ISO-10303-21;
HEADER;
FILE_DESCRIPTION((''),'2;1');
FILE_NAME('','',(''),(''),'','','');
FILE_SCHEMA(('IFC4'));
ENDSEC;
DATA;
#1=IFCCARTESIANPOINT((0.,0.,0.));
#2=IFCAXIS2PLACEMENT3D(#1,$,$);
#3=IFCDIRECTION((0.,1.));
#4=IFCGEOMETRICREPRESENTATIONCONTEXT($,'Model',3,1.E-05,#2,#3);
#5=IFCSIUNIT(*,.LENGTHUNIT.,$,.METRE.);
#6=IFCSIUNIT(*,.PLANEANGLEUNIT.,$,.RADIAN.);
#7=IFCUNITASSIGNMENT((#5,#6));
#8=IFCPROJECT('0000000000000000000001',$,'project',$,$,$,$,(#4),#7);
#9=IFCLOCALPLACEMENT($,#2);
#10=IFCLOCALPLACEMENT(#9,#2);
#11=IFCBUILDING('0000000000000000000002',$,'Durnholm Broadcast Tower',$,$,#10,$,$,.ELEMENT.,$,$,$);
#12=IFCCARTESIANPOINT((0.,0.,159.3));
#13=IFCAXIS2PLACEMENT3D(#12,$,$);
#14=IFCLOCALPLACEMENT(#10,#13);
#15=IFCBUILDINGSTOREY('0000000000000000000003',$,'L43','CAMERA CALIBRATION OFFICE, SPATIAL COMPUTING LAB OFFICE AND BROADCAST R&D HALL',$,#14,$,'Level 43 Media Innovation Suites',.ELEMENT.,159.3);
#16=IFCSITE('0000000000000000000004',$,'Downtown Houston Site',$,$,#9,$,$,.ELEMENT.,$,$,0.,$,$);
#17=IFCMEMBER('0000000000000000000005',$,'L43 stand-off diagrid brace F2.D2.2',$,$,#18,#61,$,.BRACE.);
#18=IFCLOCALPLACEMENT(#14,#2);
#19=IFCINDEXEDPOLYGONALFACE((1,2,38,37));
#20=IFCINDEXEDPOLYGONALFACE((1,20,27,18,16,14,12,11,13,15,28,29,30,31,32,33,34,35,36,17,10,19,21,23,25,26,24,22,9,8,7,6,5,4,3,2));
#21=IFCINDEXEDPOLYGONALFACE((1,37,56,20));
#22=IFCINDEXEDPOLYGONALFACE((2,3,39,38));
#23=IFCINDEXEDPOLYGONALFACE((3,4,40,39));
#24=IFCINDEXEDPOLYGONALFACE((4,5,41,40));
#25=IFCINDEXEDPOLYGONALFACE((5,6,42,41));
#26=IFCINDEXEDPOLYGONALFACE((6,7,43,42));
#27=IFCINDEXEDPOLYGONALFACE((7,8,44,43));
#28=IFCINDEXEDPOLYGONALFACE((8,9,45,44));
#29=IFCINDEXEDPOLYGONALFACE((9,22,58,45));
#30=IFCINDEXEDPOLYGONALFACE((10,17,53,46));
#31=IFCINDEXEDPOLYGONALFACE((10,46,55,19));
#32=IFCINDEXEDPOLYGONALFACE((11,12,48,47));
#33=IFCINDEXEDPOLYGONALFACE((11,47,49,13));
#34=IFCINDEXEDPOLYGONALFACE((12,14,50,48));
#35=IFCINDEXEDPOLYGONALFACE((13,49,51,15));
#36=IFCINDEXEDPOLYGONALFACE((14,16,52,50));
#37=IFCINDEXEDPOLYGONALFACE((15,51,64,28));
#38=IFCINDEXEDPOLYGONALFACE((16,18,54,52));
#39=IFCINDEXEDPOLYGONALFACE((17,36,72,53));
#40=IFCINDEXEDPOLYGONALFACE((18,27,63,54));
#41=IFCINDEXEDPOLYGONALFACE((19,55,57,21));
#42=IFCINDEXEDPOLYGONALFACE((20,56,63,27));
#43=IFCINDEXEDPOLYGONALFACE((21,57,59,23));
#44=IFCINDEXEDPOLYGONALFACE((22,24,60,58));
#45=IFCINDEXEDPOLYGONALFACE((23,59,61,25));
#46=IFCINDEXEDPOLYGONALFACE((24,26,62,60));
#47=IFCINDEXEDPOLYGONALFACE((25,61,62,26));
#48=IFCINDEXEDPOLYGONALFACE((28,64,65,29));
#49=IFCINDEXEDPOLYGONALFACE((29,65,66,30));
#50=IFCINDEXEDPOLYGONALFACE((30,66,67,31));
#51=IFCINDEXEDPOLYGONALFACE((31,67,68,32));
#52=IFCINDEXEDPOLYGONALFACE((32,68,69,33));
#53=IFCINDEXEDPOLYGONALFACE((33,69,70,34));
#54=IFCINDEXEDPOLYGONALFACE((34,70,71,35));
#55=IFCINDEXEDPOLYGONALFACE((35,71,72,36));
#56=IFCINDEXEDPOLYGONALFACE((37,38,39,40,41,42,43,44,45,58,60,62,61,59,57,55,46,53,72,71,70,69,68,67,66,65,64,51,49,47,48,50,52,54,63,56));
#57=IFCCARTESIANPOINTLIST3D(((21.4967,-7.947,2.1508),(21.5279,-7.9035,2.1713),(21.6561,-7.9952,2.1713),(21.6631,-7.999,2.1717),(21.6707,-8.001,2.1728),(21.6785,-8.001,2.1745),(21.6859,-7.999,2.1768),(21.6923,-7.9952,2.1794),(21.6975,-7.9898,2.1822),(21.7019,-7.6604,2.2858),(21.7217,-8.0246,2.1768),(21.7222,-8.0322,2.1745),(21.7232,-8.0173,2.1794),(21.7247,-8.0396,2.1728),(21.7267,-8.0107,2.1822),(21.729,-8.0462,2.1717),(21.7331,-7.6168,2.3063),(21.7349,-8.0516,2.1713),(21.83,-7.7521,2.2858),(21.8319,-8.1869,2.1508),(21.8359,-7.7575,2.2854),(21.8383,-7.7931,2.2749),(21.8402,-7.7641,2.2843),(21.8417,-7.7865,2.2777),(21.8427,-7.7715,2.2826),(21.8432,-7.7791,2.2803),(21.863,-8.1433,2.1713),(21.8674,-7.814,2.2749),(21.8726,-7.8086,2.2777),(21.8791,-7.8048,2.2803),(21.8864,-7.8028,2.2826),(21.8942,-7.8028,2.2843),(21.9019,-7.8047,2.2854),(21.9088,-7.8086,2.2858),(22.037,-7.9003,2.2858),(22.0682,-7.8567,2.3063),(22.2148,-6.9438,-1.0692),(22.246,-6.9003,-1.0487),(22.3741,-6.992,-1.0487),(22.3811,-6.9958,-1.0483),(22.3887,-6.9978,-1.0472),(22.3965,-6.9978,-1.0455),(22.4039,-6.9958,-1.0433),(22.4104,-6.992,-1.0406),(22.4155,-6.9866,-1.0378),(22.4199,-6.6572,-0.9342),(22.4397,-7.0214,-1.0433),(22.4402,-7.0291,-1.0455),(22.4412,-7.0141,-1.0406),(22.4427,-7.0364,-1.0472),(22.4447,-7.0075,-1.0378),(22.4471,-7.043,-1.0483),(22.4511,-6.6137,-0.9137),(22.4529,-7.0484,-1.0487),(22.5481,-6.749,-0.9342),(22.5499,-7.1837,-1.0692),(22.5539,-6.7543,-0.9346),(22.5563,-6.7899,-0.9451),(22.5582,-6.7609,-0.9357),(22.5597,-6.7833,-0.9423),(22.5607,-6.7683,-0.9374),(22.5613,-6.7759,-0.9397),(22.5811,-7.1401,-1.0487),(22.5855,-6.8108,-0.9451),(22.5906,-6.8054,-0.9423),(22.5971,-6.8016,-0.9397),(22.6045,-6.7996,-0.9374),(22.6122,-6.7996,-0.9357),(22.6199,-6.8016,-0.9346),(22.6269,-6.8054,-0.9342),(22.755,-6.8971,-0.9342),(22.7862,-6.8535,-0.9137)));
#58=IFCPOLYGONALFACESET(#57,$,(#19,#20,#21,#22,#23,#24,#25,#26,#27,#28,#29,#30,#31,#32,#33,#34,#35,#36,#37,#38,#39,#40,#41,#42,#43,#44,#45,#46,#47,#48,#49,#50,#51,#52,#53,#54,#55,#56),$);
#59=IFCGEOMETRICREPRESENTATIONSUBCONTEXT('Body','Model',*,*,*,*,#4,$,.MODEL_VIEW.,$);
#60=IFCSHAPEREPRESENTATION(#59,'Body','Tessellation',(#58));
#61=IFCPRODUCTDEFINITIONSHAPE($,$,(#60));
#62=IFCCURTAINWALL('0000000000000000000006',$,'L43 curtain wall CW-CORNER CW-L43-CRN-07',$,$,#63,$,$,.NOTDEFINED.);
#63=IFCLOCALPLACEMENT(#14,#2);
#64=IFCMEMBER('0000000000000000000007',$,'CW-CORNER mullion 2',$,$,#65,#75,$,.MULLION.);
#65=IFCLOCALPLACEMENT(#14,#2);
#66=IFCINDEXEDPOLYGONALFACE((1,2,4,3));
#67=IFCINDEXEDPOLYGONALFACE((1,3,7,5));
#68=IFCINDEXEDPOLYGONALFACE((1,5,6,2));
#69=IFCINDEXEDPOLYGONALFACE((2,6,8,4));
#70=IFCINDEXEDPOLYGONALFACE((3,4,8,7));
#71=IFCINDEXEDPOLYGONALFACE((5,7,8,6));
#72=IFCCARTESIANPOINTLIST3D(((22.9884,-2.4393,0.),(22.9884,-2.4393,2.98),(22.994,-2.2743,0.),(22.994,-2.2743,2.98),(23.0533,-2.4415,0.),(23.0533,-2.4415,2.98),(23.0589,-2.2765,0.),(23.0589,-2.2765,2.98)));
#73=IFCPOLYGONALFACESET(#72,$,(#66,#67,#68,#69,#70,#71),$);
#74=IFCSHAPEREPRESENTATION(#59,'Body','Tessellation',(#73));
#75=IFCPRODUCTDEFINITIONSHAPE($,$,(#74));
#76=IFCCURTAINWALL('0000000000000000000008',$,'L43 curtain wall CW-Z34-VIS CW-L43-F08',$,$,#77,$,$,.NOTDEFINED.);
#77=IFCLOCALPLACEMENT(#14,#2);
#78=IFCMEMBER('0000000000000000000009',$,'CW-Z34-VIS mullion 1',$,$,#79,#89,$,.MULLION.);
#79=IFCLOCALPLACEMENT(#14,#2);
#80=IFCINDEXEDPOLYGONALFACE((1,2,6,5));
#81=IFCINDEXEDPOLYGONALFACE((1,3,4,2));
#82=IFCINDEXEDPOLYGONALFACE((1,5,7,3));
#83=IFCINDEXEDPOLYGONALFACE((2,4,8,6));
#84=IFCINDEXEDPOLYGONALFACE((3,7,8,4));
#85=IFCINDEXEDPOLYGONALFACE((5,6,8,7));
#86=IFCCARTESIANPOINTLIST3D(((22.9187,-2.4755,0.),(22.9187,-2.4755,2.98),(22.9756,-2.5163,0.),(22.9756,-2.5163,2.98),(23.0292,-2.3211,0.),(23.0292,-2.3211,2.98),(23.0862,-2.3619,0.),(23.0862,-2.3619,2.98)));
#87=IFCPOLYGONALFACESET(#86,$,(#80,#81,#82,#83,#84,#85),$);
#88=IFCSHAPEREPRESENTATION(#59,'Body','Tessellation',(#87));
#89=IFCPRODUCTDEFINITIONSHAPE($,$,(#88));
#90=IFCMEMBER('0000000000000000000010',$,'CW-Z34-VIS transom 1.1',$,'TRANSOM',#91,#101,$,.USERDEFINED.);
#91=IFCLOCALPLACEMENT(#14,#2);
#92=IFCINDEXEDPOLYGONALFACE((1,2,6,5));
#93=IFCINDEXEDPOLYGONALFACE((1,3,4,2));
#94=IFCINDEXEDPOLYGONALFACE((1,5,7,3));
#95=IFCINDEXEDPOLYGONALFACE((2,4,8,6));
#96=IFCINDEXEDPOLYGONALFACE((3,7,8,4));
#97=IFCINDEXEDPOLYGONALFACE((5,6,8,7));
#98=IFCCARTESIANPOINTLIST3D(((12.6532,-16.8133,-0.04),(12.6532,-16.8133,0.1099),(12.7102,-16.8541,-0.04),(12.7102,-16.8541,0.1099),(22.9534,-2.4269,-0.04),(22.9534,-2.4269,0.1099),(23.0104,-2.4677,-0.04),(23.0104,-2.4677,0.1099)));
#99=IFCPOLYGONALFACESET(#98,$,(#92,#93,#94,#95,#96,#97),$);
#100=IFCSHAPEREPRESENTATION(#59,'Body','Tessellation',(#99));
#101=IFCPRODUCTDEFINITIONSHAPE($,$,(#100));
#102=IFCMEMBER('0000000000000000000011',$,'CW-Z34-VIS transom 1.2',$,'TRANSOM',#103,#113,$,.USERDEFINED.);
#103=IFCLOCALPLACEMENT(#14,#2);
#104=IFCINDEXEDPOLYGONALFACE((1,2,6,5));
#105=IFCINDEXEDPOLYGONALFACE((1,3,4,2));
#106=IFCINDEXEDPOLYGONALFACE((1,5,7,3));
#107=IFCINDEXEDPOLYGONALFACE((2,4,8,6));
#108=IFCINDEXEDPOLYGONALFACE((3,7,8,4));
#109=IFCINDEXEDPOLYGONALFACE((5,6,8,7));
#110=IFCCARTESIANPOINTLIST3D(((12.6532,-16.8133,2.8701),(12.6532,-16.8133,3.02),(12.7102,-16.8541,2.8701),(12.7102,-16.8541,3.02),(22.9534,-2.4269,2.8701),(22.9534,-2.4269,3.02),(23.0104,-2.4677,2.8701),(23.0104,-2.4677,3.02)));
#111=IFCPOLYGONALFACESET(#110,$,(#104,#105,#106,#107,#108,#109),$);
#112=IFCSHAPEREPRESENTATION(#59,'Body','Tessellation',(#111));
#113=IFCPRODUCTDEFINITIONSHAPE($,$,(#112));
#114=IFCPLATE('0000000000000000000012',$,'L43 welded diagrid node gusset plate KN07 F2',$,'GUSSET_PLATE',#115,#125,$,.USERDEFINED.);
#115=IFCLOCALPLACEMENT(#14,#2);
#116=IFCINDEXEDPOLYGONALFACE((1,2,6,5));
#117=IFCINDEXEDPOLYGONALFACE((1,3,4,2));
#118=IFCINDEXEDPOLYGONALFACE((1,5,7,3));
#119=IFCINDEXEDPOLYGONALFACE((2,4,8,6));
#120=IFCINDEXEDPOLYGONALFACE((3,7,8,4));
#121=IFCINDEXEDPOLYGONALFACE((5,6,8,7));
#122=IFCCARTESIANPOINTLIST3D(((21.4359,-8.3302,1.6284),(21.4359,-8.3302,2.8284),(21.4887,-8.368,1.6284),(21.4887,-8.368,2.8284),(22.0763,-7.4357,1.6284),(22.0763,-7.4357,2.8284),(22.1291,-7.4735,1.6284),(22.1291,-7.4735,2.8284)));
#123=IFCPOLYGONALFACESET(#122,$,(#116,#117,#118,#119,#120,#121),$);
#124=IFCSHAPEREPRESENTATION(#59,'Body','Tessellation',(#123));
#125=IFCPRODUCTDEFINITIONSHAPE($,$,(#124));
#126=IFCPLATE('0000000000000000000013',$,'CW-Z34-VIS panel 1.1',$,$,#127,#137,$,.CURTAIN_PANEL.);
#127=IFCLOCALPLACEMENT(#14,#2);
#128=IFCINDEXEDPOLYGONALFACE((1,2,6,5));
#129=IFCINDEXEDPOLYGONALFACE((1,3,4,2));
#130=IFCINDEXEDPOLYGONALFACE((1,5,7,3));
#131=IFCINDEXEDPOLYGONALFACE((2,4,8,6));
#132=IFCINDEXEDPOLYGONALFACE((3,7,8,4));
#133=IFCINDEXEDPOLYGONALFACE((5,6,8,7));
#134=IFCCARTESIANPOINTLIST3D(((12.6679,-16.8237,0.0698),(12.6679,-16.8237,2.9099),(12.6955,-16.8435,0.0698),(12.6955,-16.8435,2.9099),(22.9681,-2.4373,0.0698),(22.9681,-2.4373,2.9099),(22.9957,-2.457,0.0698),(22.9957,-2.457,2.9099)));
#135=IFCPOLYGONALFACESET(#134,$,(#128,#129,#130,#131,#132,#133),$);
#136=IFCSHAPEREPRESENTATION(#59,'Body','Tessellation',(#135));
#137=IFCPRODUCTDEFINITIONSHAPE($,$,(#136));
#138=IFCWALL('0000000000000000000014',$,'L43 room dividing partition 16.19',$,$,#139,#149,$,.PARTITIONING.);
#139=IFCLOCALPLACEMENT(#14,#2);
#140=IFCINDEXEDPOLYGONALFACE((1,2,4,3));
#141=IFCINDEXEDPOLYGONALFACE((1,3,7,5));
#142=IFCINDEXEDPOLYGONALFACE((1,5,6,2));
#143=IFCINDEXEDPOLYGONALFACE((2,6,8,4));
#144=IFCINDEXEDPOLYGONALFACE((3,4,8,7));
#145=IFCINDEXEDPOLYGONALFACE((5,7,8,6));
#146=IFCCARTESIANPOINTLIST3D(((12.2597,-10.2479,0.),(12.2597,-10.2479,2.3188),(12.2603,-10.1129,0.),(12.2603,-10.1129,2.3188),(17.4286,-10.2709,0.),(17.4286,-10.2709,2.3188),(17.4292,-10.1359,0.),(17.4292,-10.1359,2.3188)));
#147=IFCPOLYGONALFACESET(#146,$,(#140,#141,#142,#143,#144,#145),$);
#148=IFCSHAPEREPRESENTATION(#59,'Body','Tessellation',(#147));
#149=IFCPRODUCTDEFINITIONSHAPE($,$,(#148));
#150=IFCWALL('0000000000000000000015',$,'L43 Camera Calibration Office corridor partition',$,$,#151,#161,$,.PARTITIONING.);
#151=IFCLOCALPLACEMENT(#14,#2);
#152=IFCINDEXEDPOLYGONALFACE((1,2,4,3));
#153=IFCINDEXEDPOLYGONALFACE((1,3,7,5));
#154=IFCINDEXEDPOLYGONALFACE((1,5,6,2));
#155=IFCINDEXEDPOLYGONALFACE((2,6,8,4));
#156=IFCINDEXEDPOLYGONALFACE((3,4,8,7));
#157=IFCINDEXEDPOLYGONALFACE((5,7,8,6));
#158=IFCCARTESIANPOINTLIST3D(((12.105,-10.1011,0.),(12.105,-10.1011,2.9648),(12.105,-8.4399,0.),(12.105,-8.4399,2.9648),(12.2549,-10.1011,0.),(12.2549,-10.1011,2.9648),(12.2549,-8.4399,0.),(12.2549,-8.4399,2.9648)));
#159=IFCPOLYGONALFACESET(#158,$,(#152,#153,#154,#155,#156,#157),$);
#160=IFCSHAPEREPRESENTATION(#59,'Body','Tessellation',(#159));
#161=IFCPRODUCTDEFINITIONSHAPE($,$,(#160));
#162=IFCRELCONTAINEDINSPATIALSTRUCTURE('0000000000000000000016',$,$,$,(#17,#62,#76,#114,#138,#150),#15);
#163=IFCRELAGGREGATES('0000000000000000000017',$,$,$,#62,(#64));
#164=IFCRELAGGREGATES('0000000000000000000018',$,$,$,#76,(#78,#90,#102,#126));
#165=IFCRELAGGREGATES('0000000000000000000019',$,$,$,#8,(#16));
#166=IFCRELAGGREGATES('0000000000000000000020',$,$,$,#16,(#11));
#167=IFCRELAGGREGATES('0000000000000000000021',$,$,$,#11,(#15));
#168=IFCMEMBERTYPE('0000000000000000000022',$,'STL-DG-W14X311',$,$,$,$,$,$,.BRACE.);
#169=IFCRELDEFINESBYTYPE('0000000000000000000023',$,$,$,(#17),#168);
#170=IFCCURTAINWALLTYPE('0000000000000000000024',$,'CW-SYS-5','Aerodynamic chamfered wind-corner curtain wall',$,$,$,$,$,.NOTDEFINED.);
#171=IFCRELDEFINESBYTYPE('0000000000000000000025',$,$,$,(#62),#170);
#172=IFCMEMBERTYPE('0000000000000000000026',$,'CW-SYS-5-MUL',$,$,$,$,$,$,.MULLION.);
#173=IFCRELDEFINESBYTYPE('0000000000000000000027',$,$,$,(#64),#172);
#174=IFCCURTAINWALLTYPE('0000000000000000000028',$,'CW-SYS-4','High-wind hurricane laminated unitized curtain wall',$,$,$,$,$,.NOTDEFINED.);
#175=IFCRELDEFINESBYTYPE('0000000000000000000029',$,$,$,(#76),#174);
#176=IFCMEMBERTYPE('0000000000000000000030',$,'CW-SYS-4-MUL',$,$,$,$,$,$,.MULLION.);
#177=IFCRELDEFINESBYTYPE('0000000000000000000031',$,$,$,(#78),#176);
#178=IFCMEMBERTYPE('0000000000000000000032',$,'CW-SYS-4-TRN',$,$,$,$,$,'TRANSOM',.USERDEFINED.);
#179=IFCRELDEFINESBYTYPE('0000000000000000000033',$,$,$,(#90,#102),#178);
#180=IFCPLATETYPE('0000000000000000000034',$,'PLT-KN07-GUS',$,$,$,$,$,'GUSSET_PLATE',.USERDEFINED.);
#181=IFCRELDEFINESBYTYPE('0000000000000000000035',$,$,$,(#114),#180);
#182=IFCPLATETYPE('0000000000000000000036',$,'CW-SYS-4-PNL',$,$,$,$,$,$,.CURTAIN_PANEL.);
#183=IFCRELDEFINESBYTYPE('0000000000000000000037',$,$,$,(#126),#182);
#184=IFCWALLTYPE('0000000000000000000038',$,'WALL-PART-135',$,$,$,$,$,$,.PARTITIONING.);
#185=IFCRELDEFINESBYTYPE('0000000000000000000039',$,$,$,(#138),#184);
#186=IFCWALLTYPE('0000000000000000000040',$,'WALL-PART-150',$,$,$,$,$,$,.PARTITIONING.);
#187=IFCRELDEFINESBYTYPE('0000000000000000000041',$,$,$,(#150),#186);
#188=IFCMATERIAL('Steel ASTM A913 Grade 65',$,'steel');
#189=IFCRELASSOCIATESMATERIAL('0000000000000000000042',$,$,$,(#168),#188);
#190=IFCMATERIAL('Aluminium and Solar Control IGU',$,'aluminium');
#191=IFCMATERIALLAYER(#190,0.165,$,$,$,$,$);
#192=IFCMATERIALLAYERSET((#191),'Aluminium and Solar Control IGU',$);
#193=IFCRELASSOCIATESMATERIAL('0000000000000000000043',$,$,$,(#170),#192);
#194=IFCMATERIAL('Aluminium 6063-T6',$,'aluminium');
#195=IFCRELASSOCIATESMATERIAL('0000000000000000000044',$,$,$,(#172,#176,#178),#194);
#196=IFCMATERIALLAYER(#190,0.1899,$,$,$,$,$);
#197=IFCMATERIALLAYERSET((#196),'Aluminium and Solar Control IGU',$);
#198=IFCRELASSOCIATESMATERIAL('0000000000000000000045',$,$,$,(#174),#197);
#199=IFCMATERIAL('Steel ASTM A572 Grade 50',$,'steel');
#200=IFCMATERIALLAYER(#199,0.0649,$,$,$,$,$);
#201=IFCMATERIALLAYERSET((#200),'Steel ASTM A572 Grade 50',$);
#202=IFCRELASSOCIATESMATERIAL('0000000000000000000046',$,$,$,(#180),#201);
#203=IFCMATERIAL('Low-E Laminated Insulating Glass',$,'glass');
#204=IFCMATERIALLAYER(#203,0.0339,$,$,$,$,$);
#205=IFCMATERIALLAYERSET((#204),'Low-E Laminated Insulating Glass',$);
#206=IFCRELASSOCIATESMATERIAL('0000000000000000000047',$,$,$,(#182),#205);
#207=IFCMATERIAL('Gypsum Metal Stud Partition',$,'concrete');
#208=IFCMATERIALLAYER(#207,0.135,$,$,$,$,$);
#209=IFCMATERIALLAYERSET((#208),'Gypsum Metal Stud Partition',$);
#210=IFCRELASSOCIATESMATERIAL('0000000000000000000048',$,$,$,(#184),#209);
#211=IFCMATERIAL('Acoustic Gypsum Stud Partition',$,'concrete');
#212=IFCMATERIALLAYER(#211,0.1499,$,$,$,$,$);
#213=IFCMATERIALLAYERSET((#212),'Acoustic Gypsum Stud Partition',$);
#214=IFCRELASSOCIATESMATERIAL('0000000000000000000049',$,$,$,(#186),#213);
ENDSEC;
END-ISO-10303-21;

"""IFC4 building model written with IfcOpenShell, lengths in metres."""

from ifc_helpers import new_model, si_unit, direction, frame, frame_2d, origin, origin_2d, place, context, subcontext, project, spatial, rectangle, i_section, extrude, source, transform, mapped, material, layer, layer_set, material_profile, profile_set, type_object, type_shapes, element, aggregate, save


model = new_model("IFC4")

# Units and contexts
model_context = context("Model", 3, precision=1e-05, world=origin(), true_north=direction((0.0, 1.0)))
body_context = subcontext(model_context, "Body", "Model", "MODEL_VIEW")
ifc_project = project(units=[si_unit("LENGTHUNIT", "METRE"), si_unit("PLANEANGLEUNIT", "RADIAN")], contexts=[model_context])

# Site, building, storey
site_placement = place(None, origin())
site = spatial("IfcSite", under=ifc_project, at=site_placement, Name="Downtown Houston Site", CompositionType="ELEMENT", RefElevation=0.0)
building_placement = place(site_placement, origin())
building = spatial("IfcBuilding", under=site, at=building_placement, Name="Durnholm Broadcast Tower", CompositionType="ELEMENT")
storey_placement = place(building_placement, frame((0.0, 0.0, 159.3)))
storey = spatial("IfcBuildingStorey", under=building, at=storey_placement, Name="L43", Description="CAMERA CALIBRATION OFFICE, SPATIAL COMPUTING LAB OFFICE AND BROADCAST R&D HALL", LongName="Level 43 Media Innovation Suites", CompositionType="ELEMENT", Elevation=159.3)

# Member
ifc_material_1 = material(Name="Steel ASTM A913 Grade 65", Category="steel")
ifc_material_profile_1 = material_profile(ifc_material_1, i_section(OverallWidth=0.4121, OverallDepth=0.4348, WebThickness=0.0359, FlangeThickness=0.0574, FilletRadius=0.0305, at=origin_2d()), Name="W14X311")
ifc_profile_set_1 = profile_set([ifc_material_profile_1], Name="Steel ASTM A913 Grade 65")
member_type_1 = type_object("IfcMemberType", Name="STL-DG-W14X311", PredefinedType="BRACE", material=ifc_profile_set_1)
shared_shape_1 = source(origin(), body_context, "Body", "SweptSolid", [
    extrude(i_section(OverallWidth=0.4121, OverallDepth=0.4348, WebThickness=0.0359, FlangeThickness=0.0574, FilletRadius=0.0305, at=origin_2d()), origin(), (0.0, 0.0, 1.0), 3.4482),
])
type_shapes(member_type_1, [shared_shape_1])
for number, where, z_axis, x_axis, name in (
    (1, (22.5005, -6.8987, -0.9915), (-0.208229, -0.290926, 0.933811), (0.813171, -0.582024, 0.0), "L43 stand-off diagrid brace F2.D2.2"),
):
    element("IfcMember", number, at=place(storey_placement, frame(where, z_axis=z_axis, x_axis=x_axis)), inside=storey, type_object=member_type_1, Name=name, PredefinedType="BRACE", context=body_context, shape_type="MappedRepresentation", body=[
        mapped(shared_shape_1, transform((0.0, 0.0, 0.0), x_axis=(1.0, 0.0, 0.0), y_axis=(0.0, 1.0, 0.0), z_axis=(0.0, 0.0, 1.0), scale=1.0)),
    ])

# Curtain wall, member
ifc_material_2 = material(Name="Aluminium and Solar Control IGU", Category="aluminium")
ifc_layer_1 = layer(ifc_material_2, 0.165)
ifc_layer_set_1 = layer_set([ifc_layer_1], Name="Aluminium and Solar Control IGU")
curtain_wall_type_1 = type_object("IfcCurtainWallType", Name="CW-SYS-5", Description="Aerodynamic chamfered wind-corner curtain wall", PredefinedType="NOTDEFINED", material=ifc_layer_set_1)
curtain_wall_1_placement = place(storey_placement, origin())
curtain_wall_1 = element("IfcCurtainWall", 2, at=curtain_wall_1_placement, inside=storey, type_object=curtain_wall_type_1, Name="L43 curtain wall CW-CORNER CW-L43-CRN-07", PredefinedType="NOTDEFINED")
ifc_material_3 = material(Name="Aluminium 6063-T6", Category="aluminium")
ifc_material_profile_2 = material_profile(ifc_material_3, rectangle(XDim=0.0649, YDim=0.165, at=origin_2d()), Name="CWM65X165")
ifc_profile_set_2 = profile_set([ifc_material_profile_2], Name="Aluminium 6063-T6")
member_type_2 = type_object("IfcMemberType", Name="CW-SYS-5-MUL", PredefinedType="MULLION", material=ifc_profile_set_2)
shared_shape_2 = source(origin(), body_context, "Body", "SweptSolid", [
    extrude(rectangle(XDim=0.0649, YDim=0.165, at=origin_2d()), origin(), (0.0, 0.0, 1.0), 2.98),
])
type_shapes(member_type_2, [shared_shape_2])
member_1_placement = place(storey_placement, frame((23.0237, -2.3579, 0.0), z_axis=(0.0, 0.0, 1.0), x_axis=(0.999425, -0.033913, 0.0)))
member_1 = element("IfcMember", 3, at=member_1_placement, type_object=member_type_2, Name="CW-CORNER mullion 2", PredefinedType="MULLION", context=body_context, shape_type="MappedRepresentation", body=[
    mapped(shared_shape_2, transform((0.0, 0.0, 0.0), x_axis=(1.0, 0.0, 0.0), y_axis=(0.0, 1.0, 0.0), z_axis=(0.0, 0.0, 1.0), scale=1.0)),
])
aggregate(curtain_wall_1, [member_1])

# Curtain wall, members
ifc_layer_2 = layer(ifc_material_2, 0.1899)
ifc_layer_set_2 = layer_set([ifc_layer_2], Name="Aluminium and Solar Control IGU")
curtain_wall_type_2 = type_object("IfcCurtainWallType", Name="CW-SYS-4", Description="High-wind hurricane laminated unitized curtain wall", PredefinedType="NOTDEFINED", material=ifc_layer_set_2)
curtain_wall_2_placement = place(storey_placement, origin())
curtain_wall_2 = element("IfcCurtainWall", 4, at=curtain_wall_2_placement, inside=storey, type_object=curtain_wall_type_2, Name="L43 curtain wall CW-Z34-VIS CW-L43-F08", PredefinedType="NOTDEFINED")
ifc_material_profile_3 = material_profile(ifc_material_3, rectangle(XDim=0.0701, YDim=0.1899, at=origin_2d()), Name="CWM70X190")
ifc_profile_set_3 = profile_set([ifc_material_profile_3], Name="Aluminium 6063-T6")
member_type_3 = type_object("IfcMemberType", Name="CW-SYS-4-MUL", PredefinedType="MULLION", material=ifc_profile_set_3)
shared_shape_3 = source(origin(), body_context, "Body", "SweptSolid", [
    extrude(rectangle(XDim=0.0701, YDim=0.1899, at=origin_2d()), origin(), (0.0, 0.0, 1.0), 2.98),
])
type_shapes(member_type_3, [shared_shape_3])
member_2_placement = place(storey_placement, frame((23.0024, -2.4187, 0.0), z_axis=(0.0, 0.0, 1.0), x_axis=(0.813089, -0.582139, 0.0)))
member_2 = element("IfcMember", 5, at=member_2_placement, type_object=member_type_3, Name="CW-Z34-VIS mullion 1", PredefinedType="MULLION", context=body_context, shape_type="MappedRepresentation", body=[
    mapped(shared_shape_3, transform((0.0, 0.0, 0.0), x_axis=(1.0, 0.0, 0.0), y_axis=(0.0, 1.0, 0.0), z_axis=(0.0, 0.0, 1.0), scale=1.0)),
])
ifc_material_profile_4 = material_profile(ifc_material_3, rectangle(XDim=0.0701, YDim=0.1499, at=origin_2d()), Name="CWT70X150")
ifc_profile_set_4 = profile_set([ifc_material_profile_4], Name="Aluminium 6063-T6")
member_type_4 = type_object("IfcMemberType", Name="CW-SYS-4-TRN", ElementType="TRANSOM", PredefinedType="USERDEFINED", material=ifc_profile_set_4)
shared_shape_4 = source(origin(), body_context, "Body", "SweptSolid", [
    extrude(rectangle(XDim=0.0701, YDim=0.1499, at=origin_2d()), origin(), (0.0, 0.0, 1.0), 17.6936),
])
type_shapes(member_type_4, [shared_shape_4])
member_3_placement = place(storey_placement, frame((22.9819, -2.4473, 0.0349), z_axis=(-0.582145, -0.813085, 0.0), x_axis=(0.813085, -0.582145, 0.0)))
member_3 = element("IfcMember", 6, at=member_3_placement, type_object=member_type_4, Name="CW-Z34-VIS transom 1.1", ObjectType="TRANSOM", PredefinedType="USERDEFINED", context=body_context, shape_type="MappedRepresentation", body=[
    mapped(shared_shape_4, transform((0.0, 0.0, 0.0), x_axis=(1.0, 0.0, 0.0), y_axis=(0.0, 1.0, 0.0), z_axis=(0.0, 0.0, 1.0), scale=1.0)),
])
member_4_placement = place(storey_placement, frame((22.9819, -2.4473, 2.9451), z_axis=(-0.582145, -0.813085, 0.0), x_axis=(0.813085, -0.582145, 0.0)))
member_4 = element("IfcMember", 7, at=member_4_placement, type_object=member_type_4, Name="CW-Z34-VIS transom 1.2", ObjectType="TRANSOM", PredefinedType="USERDEFINED", context=body_context, shape_type="MappedRepresentation", body=[
    mapped(shared_shape_4, transform((0.0, 0.0, 0.0), x_axis=(1.0, 0.0, 0.0), y_axis=(0.0, 1.0, 0.0), z_axis=(0.0, 0.0, 1.0), scale=1.0)),
])

# Plates
ifc_material_4 = material(Name="Steel ASTM A572 Grade 50", Category="steel")
ifc_layer_3 = layer(ifc_material_4, 0.0649)
ifc_layer_set_3 = layer_set([ifc_layer_3], Name="Steel ASTM A572 Grade 50")
plate_type_1 = type_object("IfcPlateType", Name="PLT-KN07-GUS", ElementType="GUSSET_PLATE", PredefinedType="USERDEFINED", material=ifc_layer_set_3)
shared_shape_5 = source(origin(), body_context, "Body", "SweptSolid", [
    extrude(rectangle(XDim=1.1001, YDim=0.0649, at=origin_2d()), origin(), (0.0, 0.0, 1.0), 1.2),
])
type_shapes(plate_type_1, [shared_shape_5])
plate_1_placement = place(storey_placement, frame((21.7825, -7.9019, 1.6284), z_axis=(0.0, 0.0, 1.0), x_axis=(0.582123, 0.813101, 0.0)))
element("IfcPlate", 8, at=plate_1_placement, inside=storey, type_object=plate_type_1, Name="L43 welded diagrid node gusset plate KN07 F2", ObjectType="GUSSET_PLATE", PredefinedType="USERDEFINED", context=body_context, shape_type="MappedRepresentation", body=[
    mapped(shared_shape_5, transform((0.0, 0.0, 0.0), x_axis=(1.0, 0.0, 0.0), y_axis=(0.0, 1.0, 0.0), z_axis=(0.0, 0.0, 1.0), scale=1.0)),
])
ifc_material_5 = material(Name="Low-E Laminated Insulating Glass", Category="glass")
ifc_layer_4 = layer(ifc_material_5, 0.0339)
ifc_layer_set_4 = layer_set([ifc_layer_4], Name="Low-E Laminated Insulating Glass")
plate_type_2 = type_object("IfcPlateType", Name="CW-SYS-4-PNL", PredefinedType="CURTAIN_PANEL", material=ifc_layer_set_4)
shared_shape_6 = source(origin(), body_context, "Body", "SweptSolid", [
    extrude(rectangle(XDim=17.6936, YDim=0.0339, at=origin_2d()), origin(), (0.0, 0.0, 1.0), 2.8401),
])
type_shapes(plate_type_2, [shared_shape_6])
plate_2_placement = place(storey_placement, frame((17.8318, -9.6404, 0.0698), z_axis=(0.0, 0.0, 1.0), x_axis=(-0.582139, -0.813089, 0.0)))
plate_2 = element("IfcPlate", 9, at=plate_2_placement, type_object=plate_type_2, Name="CW-Z34-VIS panel 1.1", PredefinedType="CURTAIN_PANEL", context=body_context, shape_type="MappedRepresentation", body=[
    mapped(shared_shape_6, transform((0.0, 0.0, 0.0), x_axis=(1.0, 0.0, 0.0), y_axis=(0.0, 1.0, 0.0), z_axis=(0.0, 0.0, 1.0), scale=1.0)),
])
aggregate(curtain_wall_2, [member_2, member_3, member_4, plate_2])

# Walls
ifc_material_6 = material(Name="Gypsum Metal Stud Partition", Category="concrete")
ifc_layer_5 = layer(ifc_material_6, 0.135)
ifc_layer_set_5 = layer_set([ifc_layer_5], Name="Gypsum Metal Stud Partition")
wall_type_1 = type_object("IfcWallType", Name="WALL-PART-135", PredefinedType="PARTITIONING", material=ifc_layer_set_5)
wall_1_placement = place(storey_placement, frame((12.26, -10.1804, 0.0), z_axis=(0.0, 0.0, 1.0), x_axis=(0.99999, -0.00444, 0.0)))
element("IfcWall", 10, at=wall_1_placement, inside=storey, type_object=wall_type_1, Name="L43 room dividing partition 16.19", PredefinedType="PARTITIONING", context=body_context, shape_type="SweptSolid", body=[
    extrude(rectangle(XDim=5.1689, YDim=0.135, at=frame_2d((2.5845, 0.0))), origin(), (0.0, 0.0, 1.0), 2.3188),
])
ifc_material_7 = material(Name="Acoustic Gypsum Stud Partition", Category="concrete")
ifc_layer_6 = layer(ifc_material_7, 0.1499)
ifc_layer_set_6 = layer_set([ifc_layer_6], Name="Acoustic Gypsum Stud Partition")
wall_type_2 = type_object("IfcWallType", Name="WALL-PART-150", PredefinedType="PARTITIONING", material=ifc_layer_set_6)
wall_2_placement = place(storey_placement, frame((12.1799, -10.1011, 0.0), z_axis=(0.0, 0.0, 1.0), x_axis=(0.0, 1.0, 0.0)))
element("IfcWall", 11, at=wall_2_placement, inside=storey, type_object=wall_type_2, Name="L43 Camera Calibration Office corridor partition", PredefinedType="PARTITIONING", context=body_context, shape_type="SweptSolid", body=[
    extrude(rectangle(XDim=1.6611, YDim=0.1499, at=frame_2d((0.8306, 0.0))), origin(), (0.0, 0.0, 1.0), 2.9648),
])

save(model, "model.ifc")
